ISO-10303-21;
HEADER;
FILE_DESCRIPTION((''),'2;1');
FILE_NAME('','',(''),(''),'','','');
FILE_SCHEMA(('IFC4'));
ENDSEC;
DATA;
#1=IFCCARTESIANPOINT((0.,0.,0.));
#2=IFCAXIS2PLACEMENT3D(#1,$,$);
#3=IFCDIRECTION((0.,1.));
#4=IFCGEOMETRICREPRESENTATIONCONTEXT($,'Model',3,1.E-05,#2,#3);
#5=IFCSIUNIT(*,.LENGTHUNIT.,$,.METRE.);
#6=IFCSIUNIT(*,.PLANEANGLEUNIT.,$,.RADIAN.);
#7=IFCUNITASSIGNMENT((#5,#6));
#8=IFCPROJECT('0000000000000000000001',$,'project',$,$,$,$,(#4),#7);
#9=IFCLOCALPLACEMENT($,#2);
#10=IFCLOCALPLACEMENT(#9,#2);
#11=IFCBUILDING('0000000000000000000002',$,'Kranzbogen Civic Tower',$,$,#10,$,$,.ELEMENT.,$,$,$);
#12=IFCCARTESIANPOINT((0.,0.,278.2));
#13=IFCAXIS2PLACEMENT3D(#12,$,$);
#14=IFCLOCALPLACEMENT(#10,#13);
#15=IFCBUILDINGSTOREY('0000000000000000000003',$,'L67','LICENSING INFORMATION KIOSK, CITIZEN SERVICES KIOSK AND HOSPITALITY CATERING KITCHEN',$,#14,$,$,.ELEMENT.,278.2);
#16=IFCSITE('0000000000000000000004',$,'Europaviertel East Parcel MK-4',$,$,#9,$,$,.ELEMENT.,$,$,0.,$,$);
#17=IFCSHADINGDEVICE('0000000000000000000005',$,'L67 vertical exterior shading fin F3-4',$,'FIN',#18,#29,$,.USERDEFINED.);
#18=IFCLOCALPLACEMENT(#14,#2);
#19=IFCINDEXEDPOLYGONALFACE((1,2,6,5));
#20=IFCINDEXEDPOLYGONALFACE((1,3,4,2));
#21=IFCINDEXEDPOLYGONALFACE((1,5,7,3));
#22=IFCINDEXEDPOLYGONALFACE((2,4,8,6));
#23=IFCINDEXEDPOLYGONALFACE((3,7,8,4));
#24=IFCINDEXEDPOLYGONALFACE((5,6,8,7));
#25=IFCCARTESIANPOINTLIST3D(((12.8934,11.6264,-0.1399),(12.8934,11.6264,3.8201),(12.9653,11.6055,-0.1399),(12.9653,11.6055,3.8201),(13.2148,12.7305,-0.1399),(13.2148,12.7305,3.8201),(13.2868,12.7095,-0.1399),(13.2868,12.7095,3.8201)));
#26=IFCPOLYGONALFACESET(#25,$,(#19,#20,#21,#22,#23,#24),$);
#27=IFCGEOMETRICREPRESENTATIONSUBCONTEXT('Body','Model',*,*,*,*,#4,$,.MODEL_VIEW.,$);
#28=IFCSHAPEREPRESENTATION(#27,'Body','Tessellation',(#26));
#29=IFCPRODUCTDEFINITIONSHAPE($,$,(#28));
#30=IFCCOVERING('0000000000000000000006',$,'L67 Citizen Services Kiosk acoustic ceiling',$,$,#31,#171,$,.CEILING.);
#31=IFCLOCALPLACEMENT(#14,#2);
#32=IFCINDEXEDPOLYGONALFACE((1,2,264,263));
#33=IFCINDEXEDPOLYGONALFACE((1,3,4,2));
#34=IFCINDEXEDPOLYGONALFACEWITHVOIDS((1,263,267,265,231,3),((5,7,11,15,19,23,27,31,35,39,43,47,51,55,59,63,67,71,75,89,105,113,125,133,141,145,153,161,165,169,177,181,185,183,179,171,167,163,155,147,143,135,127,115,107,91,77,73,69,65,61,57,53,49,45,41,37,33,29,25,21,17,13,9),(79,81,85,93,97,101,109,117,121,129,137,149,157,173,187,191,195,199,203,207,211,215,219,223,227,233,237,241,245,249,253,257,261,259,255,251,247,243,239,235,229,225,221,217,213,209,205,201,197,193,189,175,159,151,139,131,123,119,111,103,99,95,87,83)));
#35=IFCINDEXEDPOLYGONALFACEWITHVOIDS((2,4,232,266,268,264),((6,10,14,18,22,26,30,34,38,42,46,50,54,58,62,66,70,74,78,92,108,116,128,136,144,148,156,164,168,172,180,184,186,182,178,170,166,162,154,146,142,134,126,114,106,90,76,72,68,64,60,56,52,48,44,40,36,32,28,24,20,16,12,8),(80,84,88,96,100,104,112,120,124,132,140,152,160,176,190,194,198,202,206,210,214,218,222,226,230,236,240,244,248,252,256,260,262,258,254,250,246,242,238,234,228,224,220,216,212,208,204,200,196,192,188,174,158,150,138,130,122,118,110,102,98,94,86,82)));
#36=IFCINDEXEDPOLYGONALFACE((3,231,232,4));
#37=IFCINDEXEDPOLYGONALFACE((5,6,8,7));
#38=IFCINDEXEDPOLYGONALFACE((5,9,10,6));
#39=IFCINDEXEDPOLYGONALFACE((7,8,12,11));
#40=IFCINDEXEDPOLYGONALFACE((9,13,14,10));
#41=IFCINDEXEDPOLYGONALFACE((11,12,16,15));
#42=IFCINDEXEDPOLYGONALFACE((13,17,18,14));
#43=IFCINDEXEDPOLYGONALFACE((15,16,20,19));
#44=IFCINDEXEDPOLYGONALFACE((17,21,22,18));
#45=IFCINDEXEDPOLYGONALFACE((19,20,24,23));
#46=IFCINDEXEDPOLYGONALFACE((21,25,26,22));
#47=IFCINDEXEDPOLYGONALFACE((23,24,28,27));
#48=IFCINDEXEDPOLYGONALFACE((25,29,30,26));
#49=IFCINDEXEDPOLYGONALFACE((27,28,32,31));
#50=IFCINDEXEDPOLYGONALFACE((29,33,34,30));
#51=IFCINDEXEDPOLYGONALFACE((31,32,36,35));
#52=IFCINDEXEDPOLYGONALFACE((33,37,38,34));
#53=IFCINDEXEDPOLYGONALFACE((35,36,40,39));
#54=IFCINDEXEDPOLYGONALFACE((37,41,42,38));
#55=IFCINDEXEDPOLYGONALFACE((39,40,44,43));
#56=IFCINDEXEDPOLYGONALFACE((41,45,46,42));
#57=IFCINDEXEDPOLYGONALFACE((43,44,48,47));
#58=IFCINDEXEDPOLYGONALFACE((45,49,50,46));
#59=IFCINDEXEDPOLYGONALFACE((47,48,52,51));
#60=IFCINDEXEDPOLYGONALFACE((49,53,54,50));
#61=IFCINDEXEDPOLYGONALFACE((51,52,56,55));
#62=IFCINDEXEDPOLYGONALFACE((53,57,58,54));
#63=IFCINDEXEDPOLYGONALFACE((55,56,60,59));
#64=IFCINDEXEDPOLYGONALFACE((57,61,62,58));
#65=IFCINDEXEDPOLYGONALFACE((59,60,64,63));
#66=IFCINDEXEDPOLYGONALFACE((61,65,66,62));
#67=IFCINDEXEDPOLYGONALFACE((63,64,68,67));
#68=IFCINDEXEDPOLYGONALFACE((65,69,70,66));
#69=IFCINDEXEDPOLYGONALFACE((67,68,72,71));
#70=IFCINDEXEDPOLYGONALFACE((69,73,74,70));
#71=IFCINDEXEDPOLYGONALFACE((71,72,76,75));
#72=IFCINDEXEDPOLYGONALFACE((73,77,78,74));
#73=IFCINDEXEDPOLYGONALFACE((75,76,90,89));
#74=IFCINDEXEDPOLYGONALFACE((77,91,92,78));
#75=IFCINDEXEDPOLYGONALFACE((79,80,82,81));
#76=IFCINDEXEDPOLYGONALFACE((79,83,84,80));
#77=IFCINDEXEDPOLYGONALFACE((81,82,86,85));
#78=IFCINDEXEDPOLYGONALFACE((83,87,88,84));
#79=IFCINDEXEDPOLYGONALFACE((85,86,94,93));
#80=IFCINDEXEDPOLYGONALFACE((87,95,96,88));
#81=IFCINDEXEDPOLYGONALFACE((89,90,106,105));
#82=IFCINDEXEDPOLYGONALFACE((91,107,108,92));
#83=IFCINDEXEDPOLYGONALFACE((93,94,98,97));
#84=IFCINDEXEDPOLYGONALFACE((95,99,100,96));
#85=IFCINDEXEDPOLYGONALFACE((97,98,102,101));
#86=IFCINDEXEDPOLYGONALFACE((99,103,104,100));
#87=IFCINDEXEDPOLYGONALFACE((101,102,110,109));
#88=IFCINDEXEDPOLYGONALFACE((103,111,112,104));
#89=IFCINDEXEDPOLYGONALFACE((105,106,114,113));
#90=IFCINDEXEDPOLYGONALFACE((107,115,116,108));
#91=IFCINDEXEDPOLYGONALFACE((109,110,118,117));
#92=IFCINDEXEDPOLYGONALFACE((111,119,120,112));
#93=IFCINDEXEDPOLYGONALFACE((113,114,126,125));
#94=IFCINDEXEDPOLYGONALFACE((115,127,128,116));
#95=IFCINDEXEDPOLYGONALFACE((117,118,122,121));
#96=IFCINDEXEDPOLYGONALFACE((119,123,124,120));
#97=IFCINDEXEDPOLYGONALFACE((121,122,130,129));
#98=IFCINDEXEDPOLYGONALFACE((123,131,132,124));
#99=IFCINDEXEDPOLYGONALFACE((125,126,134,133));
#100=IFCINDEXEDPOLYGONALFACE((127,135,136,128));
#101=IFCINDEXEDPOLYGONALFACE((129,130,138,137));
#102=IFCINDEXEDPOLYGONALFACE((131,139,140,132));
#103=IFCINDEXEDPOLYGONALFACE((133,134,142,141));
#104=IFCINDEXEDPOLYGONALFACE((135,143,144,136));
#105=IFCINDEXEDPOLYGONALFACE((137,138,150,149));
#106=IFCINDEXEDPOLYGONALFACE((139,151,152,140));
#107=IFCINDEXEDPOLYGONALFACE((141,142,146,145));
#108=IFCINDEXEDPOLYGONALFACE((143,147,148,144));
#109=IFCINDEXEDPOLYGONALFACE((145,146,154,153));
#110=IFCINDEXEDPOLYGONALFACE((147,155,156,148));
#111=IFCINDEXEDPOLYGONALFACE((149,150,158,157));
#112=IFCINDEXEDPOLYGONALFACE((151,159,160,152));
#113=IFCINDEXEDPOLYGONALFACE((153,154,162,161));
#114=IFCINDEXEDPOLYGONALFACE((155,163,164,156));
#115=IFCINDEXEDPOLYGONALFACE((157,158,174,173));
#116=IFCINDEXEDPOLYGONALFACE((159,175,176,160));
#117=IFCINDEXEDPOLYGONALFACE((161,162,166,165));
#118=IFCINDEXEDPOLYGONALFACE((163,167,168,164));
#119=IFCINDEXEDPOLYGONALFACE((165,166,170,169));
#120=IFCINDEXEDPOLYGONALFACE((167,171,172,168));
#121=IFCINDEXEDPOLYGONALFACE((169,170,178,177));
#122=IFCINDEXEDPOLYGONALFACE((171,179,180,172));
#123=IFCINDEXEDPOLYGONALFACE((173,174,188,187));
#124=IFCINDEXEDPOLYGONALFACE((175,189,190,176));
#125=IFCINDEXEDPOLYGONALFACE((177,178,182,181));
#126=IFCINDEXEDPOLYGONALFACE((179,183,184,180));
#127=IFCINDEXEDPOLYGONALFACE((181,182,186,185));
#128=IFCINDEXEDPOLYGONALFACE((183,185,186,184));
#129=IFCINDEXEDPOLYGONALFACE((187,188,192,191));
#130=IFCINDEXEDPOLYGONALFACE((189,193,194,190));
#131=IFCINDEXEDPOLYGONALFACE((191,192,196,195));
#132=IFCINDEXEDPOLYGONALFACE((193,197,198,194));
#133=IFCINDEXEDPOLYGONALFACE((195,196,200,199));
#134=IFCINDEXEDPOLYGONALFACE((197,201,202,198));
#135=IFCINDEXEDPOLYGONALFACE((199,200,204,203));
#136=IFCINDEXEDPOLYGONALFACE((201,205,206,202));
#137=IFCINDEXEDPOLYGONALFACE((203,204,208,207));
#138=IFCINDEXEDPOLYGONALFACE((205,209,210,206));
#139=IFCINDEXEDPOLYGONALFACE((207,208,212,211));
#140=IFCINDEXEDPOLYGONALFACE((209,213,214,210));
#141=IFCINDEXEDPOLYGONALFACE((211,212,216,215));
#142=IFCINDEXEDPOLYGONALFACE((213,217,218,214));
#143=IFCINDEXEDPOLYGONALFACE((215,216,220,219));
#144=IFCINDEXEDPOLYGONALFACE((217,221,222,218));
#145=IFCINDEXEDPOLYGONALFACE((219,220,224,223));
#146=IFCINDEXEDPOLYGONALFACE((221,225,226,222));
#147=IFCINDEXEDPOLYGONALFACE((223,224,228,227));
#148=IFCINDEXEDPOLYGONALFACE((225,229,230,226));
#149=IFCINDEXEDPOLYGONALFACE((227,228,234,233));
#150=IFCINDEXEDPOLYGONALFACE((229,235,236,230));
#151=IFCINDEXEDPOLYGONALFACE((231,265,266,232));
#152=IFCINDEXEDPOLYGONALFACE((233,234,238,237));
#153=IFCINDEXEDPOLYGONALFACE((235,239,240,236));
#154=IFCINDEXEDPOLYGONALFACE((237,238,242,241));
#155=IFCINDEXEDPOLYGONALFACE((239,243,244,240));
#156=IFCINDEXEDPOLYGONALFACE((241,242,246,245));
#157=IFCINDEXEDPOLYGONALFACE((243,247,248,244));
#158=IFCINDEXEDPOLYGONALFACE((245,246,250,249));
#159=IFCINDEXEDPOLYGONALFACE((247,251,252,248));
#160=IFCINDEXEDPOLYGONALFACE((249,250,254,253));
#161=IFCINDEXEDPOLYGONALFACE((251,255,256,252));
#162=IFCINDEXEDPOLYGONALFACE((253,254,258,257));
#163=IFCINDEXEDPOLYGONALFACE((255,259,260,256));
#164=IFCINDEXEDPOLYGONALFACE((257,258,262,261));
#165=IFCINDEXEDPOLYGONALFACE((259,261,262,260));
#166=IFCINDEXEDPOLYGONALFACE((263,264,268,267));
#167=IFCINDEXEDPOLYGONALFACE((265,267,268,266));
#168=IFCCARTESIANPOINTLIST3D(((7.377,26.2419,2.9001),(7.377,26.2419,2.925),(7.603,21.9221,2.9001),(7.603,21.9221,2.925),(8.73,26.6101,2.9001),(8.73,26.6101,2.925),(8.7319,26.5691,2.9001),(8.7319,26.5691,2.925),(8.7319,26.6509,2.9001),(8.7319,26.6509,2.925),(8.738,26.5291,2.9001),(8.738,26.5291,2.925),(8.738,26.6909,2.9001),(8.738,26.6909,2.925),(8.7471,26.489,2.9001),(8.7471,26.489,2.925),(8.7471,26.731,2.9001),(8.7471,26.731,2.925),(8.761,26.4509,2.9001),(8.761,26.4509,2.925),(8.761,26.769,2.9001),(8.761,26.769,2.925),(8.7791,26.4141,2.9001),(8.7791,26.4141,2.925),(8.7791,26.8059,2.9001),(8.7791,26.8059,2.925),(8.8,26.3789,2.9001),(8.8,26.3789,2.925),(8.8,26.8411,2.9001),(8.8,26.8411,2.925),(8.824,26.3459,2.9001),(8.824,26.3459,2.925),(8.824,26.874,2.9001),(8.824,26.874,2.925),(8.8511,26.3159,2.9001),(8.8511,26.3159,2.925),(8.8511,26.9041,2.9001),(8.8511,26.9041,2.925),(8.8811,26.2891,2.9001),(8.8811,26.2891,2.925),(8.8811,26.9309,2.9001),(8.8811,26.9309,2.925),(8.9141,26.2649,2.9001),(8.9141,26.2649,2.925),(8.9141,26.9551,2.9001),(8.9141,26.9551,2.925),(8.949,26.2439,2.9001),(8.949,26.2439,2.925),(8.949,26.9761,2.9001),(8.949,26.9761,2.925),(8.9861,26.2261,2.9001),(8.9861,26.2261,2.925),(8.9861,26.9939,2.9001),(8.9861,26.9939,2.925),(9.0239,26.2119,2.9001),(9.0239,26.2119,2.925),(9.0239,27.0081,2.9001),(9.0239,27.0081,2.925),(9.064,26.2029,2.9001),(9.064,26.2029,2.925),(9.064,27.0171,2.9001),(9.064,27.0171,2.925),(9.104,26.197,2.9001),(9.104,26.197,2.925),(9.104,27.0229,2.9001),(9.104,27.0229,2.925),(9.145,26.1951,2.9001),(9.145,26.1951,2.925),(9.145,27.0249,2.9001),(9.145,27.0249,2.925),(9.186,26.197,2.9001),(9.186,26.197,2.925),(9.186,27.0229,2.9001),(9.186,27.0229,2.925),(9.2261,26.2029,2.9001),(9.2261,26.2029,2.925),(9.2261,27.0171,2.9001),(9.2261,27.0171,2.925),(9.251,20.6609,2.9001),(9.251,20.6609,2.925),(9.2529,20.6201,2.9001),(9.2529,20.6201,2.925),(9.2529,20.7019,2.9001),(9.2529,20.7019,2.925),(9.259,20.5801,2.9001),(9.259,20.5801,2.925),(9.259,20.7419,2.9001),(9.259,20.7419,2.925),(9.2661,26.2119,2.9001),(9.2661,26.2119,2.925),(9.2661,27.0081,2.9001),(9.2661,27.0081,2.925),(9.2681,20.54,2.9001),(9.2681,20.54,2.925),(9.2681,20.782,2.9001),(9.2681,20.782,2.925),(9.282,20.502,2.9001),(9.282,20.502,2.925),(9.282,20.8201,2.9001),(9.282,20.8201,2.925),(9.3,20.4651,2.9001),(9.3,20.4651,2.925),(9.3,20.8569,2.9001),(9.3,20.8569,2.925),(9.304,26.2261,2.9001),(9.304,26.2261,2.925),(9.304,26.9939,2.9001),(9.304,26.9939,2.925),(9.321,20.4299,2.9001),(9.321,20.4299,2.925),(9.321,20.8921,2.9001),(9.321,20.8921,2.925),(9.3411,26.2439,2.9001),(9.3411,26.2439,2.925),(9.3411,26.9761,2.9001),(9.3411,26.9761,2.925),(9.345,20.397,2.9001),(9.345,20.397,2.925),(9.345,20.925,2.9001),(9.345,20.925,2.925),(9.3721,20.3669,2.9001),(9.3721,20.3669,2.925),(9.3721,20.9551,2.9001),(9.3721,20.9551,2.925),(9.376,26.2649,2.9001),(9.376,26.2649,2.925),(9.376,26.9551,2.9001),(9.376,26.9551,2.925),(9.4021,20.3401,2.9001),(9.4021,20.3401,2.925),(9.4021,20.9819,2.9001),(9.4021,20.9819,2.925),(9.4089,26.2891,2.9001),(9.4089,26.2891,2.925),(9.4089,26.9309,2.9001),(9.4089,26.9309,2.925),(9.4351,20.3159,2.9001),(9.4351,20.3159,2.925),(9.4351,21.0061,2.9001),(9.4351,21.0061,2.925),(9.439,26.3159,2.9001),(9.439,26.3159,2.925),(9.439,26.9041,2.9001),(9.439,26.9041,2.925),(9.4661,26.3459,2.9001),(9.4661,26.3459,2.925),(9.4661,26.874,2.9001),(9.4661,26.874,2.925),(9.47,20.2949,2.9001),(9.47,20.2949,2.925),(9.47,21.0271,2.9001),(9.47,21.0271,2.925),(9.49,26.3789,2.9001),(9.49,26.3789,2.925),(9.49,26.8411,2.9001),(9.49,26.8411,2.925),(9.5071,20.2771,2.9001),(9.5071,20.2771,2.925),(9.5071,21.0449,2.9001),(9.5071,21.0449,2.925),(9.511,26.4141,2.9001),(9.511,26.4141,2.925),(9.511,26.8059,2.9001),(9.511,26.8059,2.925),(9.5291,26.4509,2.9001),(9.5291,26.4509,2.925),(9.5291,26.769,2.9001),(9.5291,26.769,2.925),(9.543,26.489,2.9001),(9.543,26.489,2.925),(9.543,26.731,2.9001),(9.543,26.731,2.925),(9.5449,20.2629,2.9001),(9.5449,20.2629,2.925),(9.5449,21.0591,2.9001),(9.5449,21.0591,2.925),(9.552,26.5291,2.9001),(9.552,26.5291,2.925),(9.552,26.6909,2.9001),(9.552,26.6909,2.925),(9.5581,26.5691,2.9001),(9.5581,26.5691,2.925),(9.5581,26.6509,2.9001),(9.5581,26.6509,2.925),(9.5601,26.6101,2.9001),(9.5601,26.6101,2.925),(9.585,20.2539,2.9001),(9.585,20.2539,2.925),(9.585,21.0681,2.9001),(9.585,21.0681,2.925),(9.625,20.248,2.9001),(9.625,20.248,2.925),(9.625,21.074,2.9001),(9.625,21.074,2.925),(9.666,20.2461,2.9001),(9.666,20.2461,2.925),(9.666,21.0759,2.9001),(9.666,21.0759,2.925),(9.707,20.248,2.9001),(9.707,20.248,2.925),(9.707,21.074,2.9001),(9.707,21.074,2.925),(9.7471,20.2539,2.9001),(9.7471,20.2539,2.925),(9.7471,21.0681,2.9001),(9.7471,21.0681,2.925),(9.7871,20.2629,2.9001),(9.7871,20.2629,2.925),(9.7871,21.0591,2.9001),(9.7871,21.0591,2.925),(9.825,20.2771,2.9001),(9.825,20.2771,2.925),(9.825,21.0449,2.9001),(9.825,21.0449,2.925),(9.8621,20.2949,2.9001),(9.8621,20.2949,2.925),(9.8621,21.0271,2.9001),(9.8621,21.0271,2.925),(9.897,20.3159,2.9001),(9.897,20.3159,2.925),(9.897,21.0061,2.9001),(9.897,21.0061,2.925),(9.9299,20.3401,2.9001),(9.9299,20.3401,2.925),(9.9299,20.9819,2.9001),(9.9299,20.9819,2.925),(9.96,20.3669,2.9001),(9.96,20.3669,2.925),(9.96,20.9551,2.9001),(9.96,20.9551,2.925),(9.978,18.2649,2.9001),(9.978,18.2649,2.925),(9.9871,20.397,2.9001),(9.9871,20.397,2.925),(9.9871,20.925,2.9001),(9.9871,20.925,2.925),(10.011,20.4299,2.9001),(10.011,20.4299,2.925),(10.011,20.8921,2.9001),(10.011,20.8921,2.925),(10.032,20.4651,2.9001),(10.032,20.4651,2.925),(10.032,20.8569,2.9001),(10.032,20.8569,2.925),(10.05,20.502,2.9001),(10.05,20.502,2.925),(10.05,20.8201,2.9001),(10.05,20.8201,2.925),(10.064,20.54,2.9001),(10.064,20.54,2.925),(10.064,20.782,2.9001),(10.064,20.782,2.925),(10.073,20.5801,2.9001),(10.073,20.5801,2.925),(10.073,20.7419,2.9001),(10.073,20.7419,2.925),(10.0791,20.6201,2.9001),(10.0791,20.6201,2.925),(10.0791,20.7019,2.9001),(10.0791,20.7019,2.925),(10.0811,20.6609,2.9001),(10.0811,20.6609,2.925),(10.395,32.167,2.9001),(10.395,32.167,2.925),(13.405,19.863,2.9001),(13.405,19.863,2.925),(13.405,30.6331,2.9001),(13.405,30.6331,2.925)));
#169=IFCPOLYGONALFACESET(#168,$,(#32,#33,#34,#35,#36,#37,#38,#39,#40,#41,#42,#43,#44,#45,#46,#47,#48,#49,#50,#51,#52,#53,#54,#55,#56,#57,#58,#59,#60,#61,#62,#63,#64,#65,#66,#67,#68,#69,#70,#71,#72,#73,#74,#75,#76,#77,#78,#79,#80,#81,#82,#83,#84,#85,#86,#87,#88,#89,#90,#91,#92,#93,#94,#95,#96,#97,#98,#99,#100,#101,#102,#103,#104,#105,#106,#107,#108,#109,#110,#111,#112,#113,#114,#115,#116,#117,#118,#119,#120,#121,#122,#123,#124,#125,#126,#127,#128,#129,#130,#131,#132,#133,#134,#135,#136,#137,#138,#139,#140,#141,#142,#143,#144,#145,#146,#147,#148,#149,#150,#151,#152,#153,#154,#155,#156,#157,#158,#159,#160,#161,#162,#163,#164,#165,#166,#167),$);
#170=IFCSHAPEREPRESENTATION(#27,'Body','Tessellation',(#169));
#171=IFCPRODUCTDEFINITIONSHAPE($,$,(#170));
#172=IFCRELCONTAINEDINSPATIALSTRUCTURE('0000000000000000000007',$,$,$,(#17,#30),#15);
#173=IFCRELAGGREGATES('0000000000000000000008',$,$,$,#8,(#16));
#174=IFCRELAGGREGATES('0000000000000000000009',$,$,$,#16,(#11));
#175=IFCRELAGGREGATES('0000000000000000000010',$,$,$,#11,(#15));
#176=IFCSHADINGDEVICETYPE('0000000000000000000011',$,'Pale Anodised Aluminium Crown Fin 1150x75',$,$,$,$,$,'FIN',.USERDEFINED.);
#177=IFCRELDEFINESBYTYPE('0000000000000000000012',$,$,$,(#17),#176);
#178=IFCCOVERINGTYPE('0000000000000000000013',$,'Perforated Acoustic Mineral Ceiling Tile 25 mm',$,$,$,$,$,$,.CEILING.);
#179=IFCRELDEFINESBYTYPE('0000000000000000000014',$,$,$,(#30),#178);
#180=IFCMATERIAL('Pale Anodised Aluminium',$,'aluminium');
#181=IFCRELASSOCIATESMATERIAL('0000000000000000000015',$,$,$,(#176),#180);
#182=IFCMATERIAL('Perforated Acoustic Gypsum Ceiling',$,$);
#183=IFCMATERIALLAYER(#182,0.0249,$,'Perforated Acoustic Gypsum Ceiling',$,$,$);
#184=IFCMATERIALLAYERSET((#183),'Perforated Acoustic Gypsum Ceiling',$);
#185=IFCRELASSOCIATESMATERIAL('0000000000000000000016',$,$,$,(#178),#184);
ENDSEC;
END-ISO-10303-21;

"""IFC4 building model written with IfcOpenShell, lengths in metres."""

from ifc_helpers import new_model, si_unit, direction, frame, origin, origin_2d, place, context, subcontext, project, spatial, polyline, rectangle, outline, extrude, material, layer, layer_set, type_object, element, save


model = new_model("IFC4")

# Units and contexts
model_context = context("Model", 3, precision=1e-05, world=origin(), true_north=direction((0.0, 1.0)))
body_context = subcontext(model_context, "Body", "Model", "MODEL_VIEW")
ifc_project = project(units=[si_unit("LENGTHUNIT", "METRE"), si_unit("PLANEANGLEUNIT", "RADIAN")], contexts=[model_context])

# Site, building, storey
site_placement = place(None, origin())
site = spatial("IfcSite", under=ifc_project, at=site_placement, Name="Europaviertel East Parcel MK-4", CompositionType="ELEMENT", RefElevation=0.0)
building_placement = place(site_placement, origin())
building = spatial("IfcBuilding", under=site, at=building_placement, Name="Kranzbogen Civic Tower", CompositionType="ELEMENT")
storey_placement = place(building_placement, frame((0.0, 0.0, 278.2)))
storey = spatial("IfcBuildingStorey", under=building, at=storey_placement, Name="L67", Description="LICENSING INFORMATION KIOSK, CITIZEN SERVICES KIOSK AND HOSPITALITY CATERING KITCHEN", CompositionType="ELEMENT", Elevation=278.2)

# Shared definitions
ifc_material_1 = material(Name="Pale Anodised Aluminium", Category="aluminium")

# Shading device
shading_device_type = type_object("IfcShadingDeviceType", Name="Pale Anodised Aluminium Crown Fin 1150x75", ElementType="FIN", PredefinedType="USERDEFINED", material=ifc_material_1)
for number, where, z_axis, x_axis, name in (
    (1, (13.0901, 12.168, -0.1399), (0.0, 0.0, 1.0), (-0.279544, -0.960133, 0.0), "L67 vertical exterior shading fin F3-4"),
):
    element("IfcShadingDevice", number, at=place(storey_placement, frame(where, z_axis=z_axis, x_axis=x_axis)), inside=storey, type_object=shading_device_type, Name=name, ObjectType="FIN", PredefinedType="USERDEFINED", context=body_context, shape_type="SweptSolid", body=[
        extrude(rectangle(XDim=1.1499, YDim=0.075, at=origin_2d()), origin(), (0.0, 0.0, 1.0), 3.96),
    ])

# Covering
ifc_material_2 = material(Name="Perforated Acoustic Gypsum Ceiling")
ifc_layer_1 = layer(ifc_material_2, 0.0249, Name="Perforated Acoustic Gypsum Ceiling")
ifc_layer_set_1 = layer_set([ifc_layer_1], Name="Perforated Acoustic Gypsum Ceiling")
covering_type_1 = type_object("IfcCoveringType", Name="Perforated Acoustic Mineral Ceiling Tile 25 mm", PredefinedType="CEILING", material=ifc_layer_set_1)
covering_1_placement = place(storey_placement, frame((0.0, 0.0, 2.9001)))
element("IfcCovering", 2, at=covering_1_placement, inside=storey, type_object=covering_type_1, Name="L67 Citizen Services Kiosk acoustic ceiling", PredefinedType="CEILING", context=body_context, shape_type="SweptSolid", body=[
    extrude(outline(polyline([(7.377, 26.2419), (10.395, 32.167), (13.405, 30.6331), (13.405, 19.863), (9.978, 18.2649), (7.603, 21.9221), (7.377, 26.2419)]), holes=[polyline([(10.05, 20.502), (10.032, 20.4651), (10.011, 20.4299), (9.9871, 20.397), (9.96, 20.3669), (9.9299, 20.3401), (9.897, 20.3159), (9.8621, 20.2949), (9.825, 20.2771), (9.7871, 20.2629), (9.7471, 20.2539), (9.707, 20.248), (9.666, 20.2461), (9.625, 20.248), (9.585, 20.2539), (9.5449, 20.2629), (9.5071, 20.2771), (9.47, 20.2949), (9.4351, 20.3159), (9.4021, 20.3401), (9.3721, 20.3669), (9.345, 20.397), (9.321, 20.4299), (9.3, 20.4651), (9.282, 20.502), (9.2681, 20.54), (9.259, 20.5801), (9.2529, 20.6201), (9.251, 20.6609), (9.2529, 20.7019), (9.259, 20.7419), (9.2681, 20.782), (9.282, 20.8201), (9.3, 20.8569), (9.321, 20.8921), (9.345, 20.925), (9.3721, 20.9551), (9.4021, 20.9819), (9.4351, 21.0061), (9.47, 21.0271), (9.5071, 21.0449), (9.5449, 21.0591), (9.585, 21.0681), (9.625, 21.074), (9.666, 21.0759), (9.707, 21.074), (9.7471, 21.0681), (9.7871, 21.0591), (9.825, 21.0449), (9.8621, 21.0271), (9.897, 21.0061), (9.9299, 20.9819), (9.96, 20.9551), (9.9871, 20.925), (10.011, 20.8921), (10.032, 20.8569), (10.05, 20.8201), (10.064, 20.782), (10.073, 20.7419), (10.0791, 20.7019), (10.0811, 20.6609), (10.0791, 20.6201), (10.073, 20.5801), (10.064, 20.54), (10.05, 20.502)]), polyline([(9.5291, 26.4509), (9.511, 26.4141), (9.49, 26.3789), (9.4661, 26.3459), (9.439, 26.3159), (9.4089, 26.2891), (9.376, 26.2649), (9.3411, 26.2439), (9.304, 26.2261), (9.2661, 26.2119), (9.2261, 26.2029), (9.186, 26.197), (9.145, 26.1951), (9.104, 26.197), (9.064, 26.2029), (9.0239, 26.2119), (8.9861, 26.2261), (8.949, 26.2439), (8.9141, 26.2649), (8.8811, 26.2891), (8.8511, 26.3159), (8.824, 26.3459), (8.8, 26.3789), (8.7791, 26.4141), (8.761, 26.4509), (8.7471, 26.489), (8.738, 26.5291), (8.7319, 26.5691), (8.73, 26.6101), (8.7319, 26.6509), (8.738, 26.6909), (8.7471, 26.731), (8.761, 26.769), (8.7791, 26.8059), (8.8, 26.8411), (8.824, 26.874), (8.8511, 26.9041), (8.8811, 26.9309), (8.9141, 26.9551), (8.949, 26.9761), (8.9861, 26.9939), (9.0239, 27.0081), (9.064, 27.0171), (9.104, 27.0229), (9.145, 27.0249), (9.186, 27.0229), (9.2261, 27.0171), (9.2661, 27.0081), (9.304, 26.9939), (9.3411, 26.9761), (9.376, 26.9551), (9.4089, 26.9309), (9.439, 26.9041), (9.4661, 26.874), (9.49, 26.8411), (9.511, 26.8059), (9.5291, 26.769), (9.543, 26.731), (9.552, 26.6909), (9.5581, 26.6509), (9.5601, 26.6101), (9.5581, 26.5691), (9.552, 26.5291), (9.543, 26.489), (9.5291, 26.4509)])]), origin(), (0.0, 0.0, 1.0), 0.0249),
])

save(model, "model.ifc")
